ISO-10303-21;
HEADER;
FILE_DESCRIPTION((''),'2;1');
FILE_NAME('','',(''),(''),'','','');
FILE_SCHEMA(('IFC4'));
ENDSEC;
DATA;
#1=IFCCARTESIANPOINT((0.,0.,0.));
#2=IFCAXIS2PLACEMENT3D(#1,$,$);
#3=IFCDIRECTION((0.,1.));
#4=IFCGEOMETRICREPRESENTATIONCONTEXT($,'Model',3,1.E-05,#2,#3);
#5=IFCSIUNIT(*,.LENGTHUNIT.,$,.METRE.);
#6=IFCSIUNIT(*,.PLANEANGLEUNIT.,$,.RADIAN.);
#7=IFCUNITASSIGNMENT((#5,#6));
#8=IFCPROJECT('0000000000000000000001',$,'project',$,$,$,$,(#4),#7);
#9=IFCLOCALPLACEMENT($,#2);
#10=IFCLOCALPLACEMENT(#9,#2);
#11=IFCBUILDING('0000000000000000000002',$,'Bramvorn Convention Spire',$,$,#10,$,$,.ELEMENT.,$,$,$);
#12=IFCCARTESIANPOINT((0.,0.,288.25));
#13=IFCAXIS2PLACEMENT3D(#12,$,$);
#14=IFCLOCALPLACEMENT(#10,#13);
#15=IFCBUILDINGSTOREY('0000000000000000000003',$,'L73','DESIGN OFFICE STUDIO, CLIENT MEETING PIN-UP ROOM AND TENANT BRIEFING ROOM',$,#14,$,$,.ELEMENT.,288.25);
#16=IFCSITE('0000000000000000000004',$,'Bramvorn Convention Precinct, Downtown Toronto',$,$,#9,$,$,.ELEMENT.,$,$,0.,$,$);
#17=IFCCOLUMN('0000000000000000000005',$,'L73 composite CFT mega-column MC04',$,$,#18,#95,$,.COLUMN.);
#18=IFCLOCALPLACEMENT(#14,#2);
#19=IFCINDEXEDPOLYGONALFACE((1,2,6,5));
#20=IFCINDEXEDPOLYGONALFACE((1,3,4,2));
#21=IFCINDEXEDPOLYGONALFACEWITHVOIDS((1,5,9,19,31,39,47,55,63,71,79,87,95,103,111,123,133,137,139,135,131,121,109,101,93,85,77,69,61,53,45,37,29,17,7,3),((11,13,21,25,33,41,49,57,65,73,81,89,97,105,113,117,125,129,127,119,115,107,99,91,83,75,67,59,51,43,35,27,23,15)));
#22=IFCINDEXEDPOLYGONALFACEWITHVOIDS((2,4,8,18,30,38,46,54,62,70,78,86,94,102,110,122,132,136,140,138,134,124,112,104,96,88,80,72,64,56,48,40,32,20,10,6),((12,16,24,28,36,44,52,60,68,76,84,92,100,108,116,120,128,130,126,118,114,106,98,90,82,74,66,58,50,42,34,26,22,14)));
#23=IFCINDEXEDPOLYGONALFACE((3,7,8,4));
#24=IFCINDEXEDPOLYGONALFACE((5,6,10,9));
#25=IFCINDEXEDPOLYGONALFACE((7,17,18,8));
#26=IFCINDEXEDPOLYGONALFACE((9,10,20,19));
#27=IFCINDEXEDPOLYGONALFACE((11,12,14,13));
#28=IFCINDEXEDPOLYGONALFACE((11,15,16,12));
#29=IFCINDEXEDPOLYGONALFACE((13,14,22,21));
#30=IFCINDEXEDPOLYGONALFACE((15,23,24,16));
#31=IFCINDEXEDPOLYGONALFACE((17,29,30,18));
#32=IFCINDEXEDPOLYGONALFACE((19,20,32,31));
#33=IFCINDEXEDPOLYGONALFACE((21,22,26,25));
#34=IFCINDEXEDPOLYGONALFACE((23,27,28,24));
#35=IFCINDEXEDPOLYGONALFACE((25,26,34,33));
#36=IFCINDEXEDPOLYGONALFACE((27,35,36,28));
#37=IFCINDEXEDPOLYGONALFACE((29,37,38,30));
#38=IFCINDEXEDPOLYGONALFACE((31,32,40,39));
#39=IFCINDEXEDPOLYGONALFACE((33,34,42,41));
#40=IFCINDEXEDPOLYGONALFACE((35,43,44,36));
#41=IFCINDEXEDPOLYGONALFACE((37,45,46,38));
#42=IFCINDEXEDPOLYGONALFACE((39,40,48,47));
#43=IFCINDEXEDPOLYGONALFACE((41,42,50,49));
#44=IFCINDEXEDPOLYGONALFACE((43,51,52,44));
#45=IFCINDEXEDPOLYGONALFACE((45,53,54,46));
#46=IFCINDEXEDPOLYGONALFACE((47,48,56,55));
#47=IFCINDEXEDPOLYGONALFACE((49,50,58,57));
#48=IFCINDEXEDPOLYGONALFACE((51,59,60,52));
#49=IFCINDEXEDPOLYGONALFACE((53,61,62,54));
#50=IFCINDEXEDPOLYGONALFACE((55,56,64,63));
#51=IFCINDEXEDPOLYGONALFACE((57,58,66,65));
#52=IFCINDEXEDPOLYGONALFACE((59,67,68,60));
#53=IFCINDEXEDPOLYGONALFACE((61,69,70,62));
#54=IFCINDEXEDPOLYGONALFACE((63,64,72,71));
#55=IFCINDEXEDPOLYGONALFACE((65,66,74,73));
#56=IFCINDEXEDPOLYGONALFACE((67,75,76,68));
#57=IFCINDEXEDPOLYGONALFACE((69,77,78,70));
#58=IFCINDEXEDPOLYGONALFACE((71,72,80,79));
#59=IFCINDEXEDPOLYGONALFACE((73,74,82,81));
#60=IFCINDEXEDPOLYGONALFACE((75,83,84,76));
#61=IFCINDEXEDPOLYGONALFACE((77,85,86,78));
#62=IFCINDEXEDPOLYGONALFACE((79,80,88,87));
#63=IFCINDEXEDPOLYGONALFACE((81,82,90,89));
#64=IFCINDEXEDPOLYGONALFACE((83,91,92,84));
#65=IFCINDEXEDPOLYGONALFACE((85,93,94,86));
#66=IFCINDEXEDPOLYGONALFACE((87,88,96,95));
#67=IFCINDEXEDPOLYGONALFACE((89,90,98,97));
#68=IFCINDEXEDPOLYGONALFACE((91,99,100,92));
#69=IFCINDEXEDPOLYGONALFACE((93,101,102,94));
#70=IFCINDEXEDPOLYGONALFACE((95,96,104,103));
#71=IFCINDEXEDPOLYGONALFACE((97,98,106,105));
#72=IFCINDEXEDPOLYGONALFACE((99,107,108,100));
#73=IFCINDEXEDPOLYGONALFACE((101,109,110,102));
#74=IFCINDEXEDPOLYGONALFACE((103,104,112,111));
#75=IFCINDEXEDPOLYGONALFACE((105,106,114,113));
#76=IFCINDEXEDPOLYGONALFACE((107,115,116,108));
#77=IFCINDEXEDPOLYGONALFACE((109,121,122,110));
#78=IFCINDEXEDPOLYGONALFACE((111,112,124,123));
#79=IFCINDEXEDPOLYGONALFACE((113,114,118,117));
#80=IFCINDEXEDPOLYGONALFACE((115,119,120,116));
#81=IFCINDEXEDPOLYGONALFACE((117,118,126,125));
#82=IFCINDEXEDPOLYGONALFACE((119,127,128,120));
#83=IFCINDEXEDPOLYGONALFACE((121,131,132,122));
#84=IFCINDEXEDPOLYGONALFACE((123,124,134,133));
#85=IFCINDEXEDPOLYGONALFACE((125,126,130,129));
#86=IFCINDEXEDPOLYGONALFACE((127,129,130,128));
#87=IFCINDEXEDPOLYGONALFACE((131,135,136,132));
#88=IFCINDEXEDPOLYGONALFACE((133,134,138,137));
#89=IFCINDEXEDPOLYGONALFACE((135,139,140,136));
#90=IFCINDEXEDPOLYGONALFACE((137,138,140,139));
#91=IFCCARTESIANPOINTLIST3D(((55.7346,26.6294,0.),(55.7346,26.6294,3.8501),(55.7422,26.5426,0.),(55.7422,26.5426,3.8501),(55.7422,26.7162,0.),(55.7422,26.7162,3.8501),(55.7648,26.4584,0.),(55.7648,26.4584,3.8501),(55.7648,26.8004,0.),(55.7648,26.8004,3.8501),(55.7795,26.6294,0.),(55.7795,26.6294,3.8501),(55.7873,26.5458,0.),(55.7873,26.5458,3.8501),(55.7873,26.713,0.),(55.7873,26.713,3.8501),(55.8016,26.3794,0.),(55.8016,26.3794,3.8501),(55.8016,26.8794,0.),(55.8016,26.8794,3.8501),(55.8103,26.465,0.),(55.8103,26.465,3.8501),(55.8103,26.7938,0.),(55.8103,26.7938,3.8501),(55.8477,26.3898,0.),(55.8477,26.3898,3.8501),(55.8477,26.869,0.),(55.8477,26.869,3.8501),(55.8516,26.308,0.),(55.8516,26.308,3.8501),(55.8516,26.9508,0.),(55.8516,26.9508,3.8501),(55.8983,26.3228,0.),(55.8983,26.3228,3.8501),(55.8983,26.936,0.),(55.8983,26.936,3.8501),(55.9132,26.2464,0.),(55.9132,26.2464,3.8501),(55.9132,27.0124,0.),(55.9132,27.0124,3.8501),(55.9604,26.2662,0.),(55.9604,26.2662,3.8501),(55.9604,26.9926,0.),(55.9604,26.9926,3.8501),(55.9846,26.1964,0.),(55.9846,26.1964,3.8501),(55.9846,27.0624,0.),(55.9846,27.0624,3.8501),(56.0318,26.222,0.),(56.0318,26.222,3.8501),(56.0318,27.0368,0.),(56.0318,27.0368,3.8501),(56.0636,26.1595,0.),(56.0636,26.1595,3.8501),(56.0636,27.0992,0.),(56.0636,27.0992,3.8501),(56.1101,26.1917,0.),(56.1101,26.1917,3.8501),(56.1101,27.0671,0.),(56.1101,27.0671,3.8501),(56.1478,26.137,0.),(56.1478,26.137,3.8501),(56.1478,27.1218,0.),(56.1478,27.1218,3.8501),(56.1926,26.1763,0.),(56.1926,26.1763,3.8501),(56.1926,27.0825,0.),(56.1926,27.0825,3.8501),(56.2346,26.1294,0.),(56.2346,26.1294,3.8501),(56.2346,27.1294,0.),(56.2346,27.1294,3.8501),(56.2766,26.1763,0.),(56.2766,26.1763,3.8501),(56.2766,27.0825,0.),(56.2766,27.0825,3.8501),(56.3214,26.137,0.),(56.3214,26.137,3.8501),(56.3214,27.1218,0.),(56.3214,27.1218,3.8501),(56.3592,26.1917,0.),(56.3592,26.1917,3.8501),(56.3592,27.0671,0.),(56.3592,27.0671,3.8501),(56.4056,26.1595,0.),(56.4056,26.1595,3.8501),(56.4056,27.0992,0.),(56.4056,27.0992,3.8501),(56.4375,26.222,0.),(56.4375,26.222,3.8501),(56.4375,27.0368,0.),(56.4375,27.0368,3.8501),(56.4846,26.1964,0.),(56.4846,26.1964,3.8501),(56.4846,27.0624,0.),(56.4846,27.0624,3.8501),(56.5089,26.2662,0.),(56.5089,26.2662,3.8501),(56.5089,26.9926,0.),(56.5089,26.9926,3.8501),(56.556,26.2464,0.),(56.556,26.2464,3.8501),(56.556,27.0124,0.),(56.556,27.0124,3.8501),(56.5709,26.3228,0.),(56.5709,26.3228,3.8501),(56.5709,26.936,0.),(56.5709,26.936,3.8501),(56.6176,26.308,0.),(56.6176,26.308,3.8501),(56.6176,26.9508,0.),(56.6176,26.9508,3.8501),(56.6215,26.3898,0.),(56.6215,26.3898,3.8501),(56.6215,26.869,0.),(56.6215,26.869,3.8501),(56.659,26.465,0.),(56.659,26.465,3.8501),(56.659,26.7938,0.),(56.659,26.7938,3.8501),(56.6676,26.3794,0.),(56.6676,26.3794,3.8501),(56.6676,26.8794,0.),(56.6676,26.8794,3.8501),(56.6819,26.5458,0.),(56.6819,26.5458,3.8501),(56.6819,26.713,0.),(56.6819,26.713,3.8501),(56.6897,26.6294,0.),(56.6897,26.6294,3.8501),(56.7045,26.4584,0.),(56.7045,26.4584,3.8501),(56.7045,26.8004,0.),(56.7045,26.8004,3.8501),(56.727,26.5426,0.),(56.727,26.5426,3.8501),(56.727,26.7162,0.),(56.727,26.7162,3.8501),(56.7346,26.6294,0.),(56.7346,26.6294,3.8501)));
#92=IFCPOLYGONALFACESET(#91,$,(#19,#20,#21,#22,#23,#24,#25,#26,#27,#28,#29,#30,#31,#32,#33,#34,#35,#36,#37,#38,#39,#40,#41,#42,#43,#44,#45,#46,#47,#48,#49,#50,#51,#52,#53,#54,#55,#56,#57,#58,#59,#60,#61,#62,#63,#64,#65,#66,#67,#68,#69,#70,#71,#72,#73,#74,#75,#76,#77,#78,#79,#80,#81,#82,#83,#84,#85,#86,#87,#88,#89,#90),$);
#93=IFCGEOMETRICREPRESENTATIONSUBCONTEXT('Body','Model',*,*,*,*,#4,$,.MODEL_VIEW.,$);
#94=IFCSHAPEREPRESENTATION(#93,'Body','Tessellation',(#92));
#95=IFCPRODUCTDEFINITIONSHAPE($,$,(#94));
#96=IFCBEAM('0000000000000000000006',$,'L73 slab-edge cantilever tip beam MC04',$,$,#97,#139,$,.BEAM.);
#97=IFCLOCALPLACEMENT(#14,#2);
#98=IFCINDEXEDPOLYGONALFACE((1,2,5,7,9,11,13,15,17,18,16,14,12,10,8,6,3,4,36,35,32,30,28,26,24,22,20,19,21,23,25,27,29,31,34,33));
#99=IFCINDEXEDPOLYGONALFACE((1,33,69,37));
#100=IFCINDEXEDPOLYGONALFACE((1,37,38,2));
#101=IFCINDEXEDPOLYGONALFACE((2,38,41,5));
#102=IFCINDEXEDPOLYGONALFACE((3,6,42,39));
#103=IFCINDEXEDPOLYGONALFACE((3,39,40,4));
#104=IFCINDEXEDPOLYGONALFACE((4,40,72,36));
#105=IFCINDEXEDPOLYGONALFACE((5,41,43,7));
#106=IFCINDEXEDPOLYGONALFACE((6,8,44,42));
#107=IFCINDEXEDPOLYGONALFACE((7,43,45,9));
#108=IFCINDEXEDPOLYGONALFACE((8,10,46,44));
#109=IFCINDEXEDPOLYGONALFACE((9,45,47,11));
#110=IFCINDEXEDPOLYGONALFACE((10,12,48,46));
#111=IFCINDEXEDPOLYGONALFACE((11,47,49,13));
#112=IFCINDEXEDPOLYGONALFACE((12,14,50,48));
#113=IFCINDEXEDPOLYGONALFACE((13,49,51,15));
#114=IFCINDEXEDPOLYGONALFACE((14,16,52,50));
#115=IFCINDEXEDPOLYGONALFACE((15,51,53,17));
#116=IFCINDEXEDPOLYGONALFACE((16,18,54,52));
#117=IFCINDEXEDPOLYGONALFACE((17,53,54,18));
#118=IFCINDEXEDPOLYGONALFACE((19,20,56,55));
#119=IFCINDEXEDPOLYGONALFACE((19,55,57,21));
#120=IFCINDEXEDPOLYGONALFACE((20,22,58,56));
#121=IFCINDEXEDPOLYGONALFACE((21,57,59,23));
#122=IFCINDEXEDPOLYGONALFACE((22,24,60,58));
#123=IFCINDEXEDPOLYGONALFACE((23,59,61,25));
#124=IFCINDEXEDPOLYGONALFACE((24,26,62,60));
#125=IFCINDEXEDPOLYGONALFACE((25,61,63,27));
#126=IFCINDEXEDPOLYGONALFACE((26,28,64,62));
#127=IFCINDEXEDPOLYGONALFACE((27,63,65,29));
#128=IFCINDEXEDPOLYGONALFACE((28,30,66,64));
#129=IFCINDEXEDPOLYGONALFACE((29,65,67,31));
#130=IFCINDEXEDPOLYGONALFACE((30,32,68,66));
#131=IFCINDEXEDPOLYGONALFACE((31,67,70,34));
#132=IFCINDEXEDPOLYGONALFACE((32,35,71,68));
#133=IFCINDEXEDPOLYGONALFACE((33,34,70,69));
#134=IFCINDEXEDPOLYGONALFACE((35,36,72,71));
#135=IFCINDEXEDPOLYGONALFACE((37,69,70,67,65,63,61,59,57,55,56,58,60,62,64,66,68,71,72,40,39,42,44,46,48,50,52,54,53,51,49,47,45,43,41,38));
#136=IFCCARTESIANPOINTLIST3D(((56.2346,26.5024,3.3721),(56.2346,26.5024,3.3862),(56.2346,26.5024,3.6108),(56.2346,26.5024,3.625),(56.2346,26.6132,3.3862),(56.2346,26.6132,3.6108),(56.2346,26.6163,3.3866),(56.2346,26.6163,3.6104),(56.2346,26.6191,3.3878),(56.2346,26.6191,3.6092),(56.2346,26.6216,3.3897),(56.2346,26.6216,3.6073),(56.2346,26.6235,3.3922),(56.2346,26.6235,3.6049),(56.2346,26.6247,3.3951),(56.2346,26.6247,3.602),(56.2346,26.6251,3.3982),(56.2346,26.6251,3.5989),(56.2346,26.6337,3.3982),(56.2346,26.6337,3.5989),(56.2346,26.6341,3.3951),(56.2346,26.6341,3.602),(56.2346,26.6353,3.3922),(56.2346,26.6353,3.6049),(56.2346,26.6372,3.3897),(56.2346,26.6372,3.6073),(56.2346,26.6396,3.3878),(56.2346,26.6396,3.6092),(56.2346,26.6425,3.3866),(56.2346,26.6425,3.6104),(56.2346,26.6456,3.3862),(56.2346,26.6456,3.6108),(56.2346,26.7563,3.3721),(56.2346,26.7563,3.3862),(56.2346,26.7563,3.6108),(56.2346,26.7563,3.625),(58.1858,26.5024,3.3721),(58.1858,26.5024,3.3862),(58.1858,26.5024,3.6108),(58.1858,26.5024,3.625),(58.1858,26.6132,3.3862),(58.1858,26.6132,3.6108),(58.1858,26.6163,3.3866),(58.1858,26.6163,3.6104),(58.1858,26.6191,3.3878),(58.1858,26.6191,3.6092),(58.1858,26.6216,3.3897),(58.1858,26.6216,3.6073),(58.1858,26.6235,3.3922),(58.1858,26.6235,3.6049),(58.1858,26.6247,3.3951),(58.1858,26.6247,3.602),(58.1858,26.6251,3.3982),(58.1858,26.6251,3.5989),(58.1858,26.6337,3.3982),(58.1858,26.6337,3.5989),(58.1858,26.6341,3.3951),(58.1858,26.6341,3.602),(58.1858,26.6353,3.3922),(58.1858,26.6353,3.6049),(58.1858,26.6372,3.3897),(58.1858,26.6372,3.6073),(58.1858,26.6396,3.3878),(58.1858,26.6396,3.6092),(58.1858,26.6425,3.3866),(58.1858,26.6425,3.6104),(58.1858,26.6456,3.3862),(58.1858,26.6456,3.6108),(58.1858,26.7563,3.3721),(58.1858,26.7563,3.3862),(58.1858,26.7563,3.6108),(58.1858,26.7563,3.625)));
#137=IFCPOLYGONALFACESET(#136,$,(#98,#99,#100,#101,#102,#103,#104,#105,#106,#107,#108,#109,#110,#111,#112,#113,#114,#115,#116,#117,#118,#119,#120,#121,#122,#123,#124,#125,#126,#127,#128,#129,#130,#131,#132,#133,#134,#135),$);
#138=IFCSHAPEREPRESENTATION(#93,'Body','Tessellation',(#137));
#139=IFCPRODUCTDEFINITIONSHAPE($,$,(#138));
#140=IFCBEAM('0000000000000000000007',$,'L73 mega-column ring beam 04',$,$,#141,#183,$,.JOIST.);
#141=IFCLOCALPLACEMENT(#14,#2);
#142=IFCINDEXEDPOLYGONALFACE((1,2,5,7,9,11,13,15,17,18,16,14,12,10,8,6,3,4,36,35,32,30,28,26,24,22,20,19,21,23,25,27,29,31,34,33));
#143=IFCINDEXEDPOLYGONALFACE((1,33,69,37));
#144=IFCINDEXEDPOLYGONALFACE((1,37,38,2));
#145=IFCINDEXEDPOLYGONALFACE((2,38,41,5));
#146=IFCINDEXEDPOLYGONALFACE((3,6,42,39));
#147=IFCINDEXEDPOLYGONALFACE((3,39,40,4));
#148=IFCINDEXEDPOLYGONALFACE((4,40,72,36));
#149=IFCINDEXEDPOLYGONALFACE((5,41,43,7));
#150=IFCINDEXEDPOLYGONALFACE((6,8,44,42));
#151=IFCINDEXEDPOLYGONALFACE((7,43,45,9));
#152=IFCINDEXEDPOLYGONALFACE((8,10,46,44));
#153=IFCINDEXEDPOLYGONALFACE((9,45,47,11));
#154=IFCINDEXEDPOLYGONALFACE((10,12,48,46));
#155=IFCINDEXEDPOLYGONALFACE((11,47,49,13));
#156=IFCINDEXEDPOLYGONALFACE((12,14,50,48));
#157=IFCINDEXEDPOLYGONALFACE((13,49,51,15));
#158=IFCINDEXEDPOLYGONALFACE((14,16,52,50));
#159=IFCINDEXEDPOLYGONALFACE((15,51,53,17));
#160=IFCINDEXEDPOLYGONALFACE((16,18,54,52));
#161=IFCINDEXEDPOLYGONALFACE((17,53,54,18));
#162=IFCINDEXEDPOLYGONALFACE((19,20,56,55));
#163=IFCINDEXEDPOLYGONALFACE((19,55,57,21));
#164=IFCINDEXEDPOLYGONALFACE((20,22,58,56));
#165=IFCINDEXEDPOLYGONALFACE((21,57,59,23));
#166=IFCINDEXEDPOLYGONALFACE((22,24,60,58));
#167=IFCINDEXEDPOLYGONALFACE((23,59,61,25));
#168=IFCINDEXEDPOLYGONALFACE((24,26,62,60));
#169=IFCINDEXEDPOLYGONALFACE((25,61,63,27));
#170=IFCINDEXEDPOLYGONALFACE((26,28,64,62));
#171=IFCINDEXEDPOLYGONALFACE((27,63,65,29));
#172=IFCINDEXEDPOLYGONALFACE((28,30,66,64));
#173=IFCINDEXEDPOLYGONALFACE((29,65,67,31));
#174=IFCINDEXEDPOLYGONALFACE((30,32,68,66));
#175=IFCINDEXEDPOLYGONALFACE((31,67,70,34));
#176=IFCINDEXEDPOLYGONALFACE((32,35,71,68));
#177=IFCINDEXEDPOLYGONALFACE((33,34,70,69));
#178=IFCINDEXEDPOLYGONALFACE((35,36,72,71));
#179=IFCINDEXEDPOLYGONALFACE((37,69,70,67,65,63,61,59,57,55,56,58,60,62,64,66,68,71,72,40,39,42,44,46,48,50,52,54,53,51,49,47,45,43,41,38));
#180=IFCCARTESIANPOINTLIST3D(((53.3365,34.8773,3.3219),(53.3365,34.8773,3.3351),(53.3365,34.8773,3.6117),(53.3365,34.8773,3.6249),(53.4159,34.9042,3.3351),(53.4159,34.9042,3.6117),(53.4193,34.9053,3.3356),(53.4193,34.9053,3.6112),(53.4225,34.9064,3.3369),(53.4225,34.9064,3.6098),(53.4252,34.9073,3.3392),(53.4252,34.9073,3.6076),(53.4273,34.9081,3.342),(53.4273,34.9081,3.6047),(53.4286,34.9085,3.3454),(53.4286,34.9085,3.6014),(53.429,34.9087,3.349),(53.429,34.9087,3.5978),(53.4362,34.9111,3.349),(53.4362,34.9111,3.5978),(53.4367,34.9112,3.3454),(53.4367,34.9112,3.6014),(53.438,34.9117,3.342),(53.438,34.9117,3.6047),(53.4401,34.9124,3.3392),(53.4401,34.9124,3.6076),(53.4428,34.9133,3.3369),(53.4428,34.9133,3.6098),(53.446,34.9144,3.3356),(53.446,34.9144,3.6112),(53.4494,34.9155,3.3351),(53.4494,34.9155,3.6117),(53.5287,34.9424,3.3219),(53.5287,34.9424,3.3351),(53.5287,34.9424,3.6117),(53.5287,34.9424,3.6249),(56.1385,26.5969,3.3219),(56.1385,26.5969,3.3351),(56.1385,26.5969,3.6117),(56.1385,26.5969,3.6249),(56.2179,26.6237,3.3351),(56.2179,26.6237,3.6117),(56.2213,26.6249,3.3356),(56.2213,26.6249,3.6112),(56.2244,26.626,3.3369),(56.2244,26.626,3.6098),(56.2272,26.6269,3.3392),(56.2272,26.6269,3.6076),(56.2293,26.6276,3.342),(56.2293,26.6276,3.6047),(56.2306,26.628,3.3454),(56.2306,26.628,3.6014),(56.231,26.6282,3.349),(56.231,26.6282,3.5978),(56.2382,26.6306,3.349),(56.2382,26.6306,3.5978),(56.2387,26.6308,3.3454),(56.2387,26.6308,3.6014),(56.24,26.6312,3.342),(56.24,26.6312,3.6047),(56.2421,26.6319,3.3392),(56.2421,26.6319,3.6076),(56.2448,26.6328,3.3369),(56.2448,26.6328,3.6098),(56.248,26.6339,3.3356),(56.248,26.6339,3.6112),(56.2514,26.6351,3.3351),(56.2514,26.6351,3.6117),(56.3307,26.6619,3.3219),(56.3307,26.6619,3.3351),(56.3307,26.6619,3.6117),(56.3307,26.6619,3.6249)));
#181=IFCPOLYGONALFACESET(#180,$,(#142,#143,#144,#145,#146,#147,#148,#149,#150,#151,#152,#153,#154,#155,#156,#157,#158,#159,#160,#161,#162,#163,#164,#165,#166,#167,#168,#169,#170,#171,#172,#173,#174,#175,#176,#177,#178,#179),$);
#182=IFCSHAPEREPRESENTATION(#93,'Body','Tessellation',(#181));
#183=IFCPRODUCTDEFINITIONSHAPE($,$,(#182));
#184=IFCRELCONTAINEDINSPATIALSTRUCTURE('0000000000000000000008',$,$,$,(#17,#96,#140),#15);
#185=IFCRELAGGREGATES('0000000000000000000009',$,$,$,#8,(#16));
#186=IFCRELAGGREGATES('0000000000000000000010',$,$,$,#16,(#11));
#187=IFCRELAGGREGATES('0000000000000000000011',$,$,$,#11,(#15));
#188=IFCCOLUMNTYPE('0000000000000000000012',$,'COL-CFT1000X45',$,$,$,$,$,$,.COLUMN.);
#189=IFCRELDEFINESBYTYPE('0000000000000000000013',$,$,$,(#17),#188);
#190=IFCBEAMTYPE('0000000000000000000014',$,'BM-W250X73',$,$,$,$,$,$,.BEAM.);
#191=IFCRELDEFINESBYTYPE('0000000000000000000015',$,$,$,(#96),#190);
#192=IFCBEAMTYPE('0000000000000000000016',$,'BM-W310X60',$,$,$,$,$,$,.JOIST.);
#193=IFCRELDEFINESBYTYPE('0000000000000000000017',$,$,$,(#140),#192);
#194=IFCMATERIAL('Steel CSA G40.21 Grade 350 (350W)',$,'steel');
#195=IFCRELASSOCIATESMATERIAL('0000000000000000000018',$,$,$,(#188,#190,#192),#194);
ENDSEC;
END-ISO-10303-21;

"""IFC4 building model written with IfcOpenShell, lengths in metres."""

from ifc_helpers import new_model, si_unit, direction, frame, origin, origin_2d, place, context, subcontext, project, spatial, hollow_circle, i_section, extrude, material, material_profile, profile_set, type_object, element, save


model = new_model("IFC4")

# Units and contexts
model_context = context("Model", 3, precision=1e-05, world=origin(), true_north=direction((0.0, 1.0)))
body_context = subcontext(model_context, "Body", "Model", "MODEL_VIEW")
ifc_project = project(units=[si_unit("LENGTHUNIT", "METRE"), si_unit("PLANEANGLEUNIT", "RADIAN")], contexts=[model_context])

# Site, building, storey
site_placement = place(None, origin())
site = spatial("IfcSite", under=ifc_project, at=site_placement, Name="Bramvorn Convention Precinct, Downtown Toronto", CompositionType="ELEMENT", RefElevation=0.0)
building_placement = place(site_placement, origin())
building = spatial("IfcBuilding", under=site, at=building_placement, Name="Bramvorn Convention Spire", CompositionType="ELEMENT")
storey_placement = place(building_placement, frame((0.0, 0.0, 288.25)))
storey = spatial("IfcBuildingStorey", under=building, at=storey_placement, Name="L73", Description="DESIGN OFFICE STUDIO, CLIENT MEETING PIN-UP ROOM AND TENANT BRIEFING ROOM", CompositionType="ELEMENT", Elevation=288.25)

# Column
ifc_material_1 = material(Name="Steel CSA G40.21 Grade 350 (350W)", Category="steel")
ifc_material_profile_1 = material_profile(ifc_material_1, hollow_circle(Radius=0.5, WallThickness=0.0449, at=origin_2d()))
ifc_profile_set_1 = profile_set([ifc_material_profile_1], Name="Steel CSA G40.21 Grade 350 (350W) - CFT1000X45")
column_type = type_object("IfcColumnType", Name="COL-CFT1000X45", PredefinedType="COLUMN", material=ifc_profile_set_1)
column_placement = place(storey_placement, frame((56.2346, 26.6294, 0.0), z_axis=(0.0, 0.0, 1.0), x_axis=(1.0, 0.0, 0.0)))
element("IfcColumn", 1, at=column_placement, inside=storey, type_object=column_type, Name="L73 composite CFT mega-column MC04", PredefinedType="COLUMN", context=body_context, shape_type="SweptSolid", body=[
    extrude(hollow_circle(Radius=0.5, WallThickness=0.0449, at=origin_2d()), origin(), (0.0, 0.0, 1.0), 3.8501),
])

# Beams
ifc_material_profile_2 = material_profile(ifc_material_1, i_section(OverallWidth=0.2539, OverallDepth=0.2529, WebThickness=0.0085, FlangeThickness=0.0142, FilletRadius=0.012, at=origin_2d()))
ifc_profile_set_2 = profile_set([ifc_material_profile_2], Name="Steel CSA G40.21 Grade 350 (350W) - W250X73")
beam_type_1 = type_object("IfcBeamType", Name="BM-W250X73", PredefinedType="BEAM", material=ifc_profile_set_2)
beam_1_placement = place(storey_placement, frame((56.2346, 26.6294, 3.4985), z_axis=(1.0, 0.0, 0.0), x_axis=(0.0, 1.0, 0.0)))
element("IfcBeam", 2, at=beam_1_placement, inside=storey, type_object=beam_type_1, Name="L73 slab-edge cantilever tip beam MC04", PredefinedType="BEAM", context=body_context, shape_type="SweptSolid", body=[
    extrude(i_section(OverallWidth=0.2539, OverallDepth=0.2529, WebThickness=0.0085, FlangeThickness=0.0142, FilletRadius=0.012, at=origin_2d()), origin(), (0.0, 0.0, 1.0), 1.9512),
])
ifc_material_profile_3 = material_profile(ifc_material_1, i_section(OverallWidth=0.2029, OverallDepth=0.303, WebThickness=0.0076, FlangeThickness=0.0132, FilletRadius=0.0139, at=origin_2d()))
ifc_profile_set_3 = profile_set([ifc_material_profile_3], Name="Steel CSA G40.21 Grade 350 (350W) - W310X60")
beam_type_2 = type_object("IfcBeamType", Name="BM-W310X60", PredefinedType="JOIST", material=ifc_profile_set_3)
beam_2_placement = place(storey_placement, frame((56.2346, 26.6294, 3.4734), z_axis=(-0.320531, 0.947238, 0.0), x_axis=(-0.947238, -0.320531, 0.0)))
element("IfcBeam", 3, at=beam_2_placement, inside=storey, type_object=beam_type_2, Name="L73 mega-column ring beam 04", PredefinedType="JOIST", context=body_context, shape_type="SweptSolid", body=[
    extrude(i_section(OverallWidth=0.2029, OverallDepth=0.303, WebThickness=0.0076, FlangeThickness=0.0132, FilletRadius=0.0139, at=origin_2d()), origin(), (0.0, 0.0, 1.0), 8.7417),
])

save(model, "model.ifc")
